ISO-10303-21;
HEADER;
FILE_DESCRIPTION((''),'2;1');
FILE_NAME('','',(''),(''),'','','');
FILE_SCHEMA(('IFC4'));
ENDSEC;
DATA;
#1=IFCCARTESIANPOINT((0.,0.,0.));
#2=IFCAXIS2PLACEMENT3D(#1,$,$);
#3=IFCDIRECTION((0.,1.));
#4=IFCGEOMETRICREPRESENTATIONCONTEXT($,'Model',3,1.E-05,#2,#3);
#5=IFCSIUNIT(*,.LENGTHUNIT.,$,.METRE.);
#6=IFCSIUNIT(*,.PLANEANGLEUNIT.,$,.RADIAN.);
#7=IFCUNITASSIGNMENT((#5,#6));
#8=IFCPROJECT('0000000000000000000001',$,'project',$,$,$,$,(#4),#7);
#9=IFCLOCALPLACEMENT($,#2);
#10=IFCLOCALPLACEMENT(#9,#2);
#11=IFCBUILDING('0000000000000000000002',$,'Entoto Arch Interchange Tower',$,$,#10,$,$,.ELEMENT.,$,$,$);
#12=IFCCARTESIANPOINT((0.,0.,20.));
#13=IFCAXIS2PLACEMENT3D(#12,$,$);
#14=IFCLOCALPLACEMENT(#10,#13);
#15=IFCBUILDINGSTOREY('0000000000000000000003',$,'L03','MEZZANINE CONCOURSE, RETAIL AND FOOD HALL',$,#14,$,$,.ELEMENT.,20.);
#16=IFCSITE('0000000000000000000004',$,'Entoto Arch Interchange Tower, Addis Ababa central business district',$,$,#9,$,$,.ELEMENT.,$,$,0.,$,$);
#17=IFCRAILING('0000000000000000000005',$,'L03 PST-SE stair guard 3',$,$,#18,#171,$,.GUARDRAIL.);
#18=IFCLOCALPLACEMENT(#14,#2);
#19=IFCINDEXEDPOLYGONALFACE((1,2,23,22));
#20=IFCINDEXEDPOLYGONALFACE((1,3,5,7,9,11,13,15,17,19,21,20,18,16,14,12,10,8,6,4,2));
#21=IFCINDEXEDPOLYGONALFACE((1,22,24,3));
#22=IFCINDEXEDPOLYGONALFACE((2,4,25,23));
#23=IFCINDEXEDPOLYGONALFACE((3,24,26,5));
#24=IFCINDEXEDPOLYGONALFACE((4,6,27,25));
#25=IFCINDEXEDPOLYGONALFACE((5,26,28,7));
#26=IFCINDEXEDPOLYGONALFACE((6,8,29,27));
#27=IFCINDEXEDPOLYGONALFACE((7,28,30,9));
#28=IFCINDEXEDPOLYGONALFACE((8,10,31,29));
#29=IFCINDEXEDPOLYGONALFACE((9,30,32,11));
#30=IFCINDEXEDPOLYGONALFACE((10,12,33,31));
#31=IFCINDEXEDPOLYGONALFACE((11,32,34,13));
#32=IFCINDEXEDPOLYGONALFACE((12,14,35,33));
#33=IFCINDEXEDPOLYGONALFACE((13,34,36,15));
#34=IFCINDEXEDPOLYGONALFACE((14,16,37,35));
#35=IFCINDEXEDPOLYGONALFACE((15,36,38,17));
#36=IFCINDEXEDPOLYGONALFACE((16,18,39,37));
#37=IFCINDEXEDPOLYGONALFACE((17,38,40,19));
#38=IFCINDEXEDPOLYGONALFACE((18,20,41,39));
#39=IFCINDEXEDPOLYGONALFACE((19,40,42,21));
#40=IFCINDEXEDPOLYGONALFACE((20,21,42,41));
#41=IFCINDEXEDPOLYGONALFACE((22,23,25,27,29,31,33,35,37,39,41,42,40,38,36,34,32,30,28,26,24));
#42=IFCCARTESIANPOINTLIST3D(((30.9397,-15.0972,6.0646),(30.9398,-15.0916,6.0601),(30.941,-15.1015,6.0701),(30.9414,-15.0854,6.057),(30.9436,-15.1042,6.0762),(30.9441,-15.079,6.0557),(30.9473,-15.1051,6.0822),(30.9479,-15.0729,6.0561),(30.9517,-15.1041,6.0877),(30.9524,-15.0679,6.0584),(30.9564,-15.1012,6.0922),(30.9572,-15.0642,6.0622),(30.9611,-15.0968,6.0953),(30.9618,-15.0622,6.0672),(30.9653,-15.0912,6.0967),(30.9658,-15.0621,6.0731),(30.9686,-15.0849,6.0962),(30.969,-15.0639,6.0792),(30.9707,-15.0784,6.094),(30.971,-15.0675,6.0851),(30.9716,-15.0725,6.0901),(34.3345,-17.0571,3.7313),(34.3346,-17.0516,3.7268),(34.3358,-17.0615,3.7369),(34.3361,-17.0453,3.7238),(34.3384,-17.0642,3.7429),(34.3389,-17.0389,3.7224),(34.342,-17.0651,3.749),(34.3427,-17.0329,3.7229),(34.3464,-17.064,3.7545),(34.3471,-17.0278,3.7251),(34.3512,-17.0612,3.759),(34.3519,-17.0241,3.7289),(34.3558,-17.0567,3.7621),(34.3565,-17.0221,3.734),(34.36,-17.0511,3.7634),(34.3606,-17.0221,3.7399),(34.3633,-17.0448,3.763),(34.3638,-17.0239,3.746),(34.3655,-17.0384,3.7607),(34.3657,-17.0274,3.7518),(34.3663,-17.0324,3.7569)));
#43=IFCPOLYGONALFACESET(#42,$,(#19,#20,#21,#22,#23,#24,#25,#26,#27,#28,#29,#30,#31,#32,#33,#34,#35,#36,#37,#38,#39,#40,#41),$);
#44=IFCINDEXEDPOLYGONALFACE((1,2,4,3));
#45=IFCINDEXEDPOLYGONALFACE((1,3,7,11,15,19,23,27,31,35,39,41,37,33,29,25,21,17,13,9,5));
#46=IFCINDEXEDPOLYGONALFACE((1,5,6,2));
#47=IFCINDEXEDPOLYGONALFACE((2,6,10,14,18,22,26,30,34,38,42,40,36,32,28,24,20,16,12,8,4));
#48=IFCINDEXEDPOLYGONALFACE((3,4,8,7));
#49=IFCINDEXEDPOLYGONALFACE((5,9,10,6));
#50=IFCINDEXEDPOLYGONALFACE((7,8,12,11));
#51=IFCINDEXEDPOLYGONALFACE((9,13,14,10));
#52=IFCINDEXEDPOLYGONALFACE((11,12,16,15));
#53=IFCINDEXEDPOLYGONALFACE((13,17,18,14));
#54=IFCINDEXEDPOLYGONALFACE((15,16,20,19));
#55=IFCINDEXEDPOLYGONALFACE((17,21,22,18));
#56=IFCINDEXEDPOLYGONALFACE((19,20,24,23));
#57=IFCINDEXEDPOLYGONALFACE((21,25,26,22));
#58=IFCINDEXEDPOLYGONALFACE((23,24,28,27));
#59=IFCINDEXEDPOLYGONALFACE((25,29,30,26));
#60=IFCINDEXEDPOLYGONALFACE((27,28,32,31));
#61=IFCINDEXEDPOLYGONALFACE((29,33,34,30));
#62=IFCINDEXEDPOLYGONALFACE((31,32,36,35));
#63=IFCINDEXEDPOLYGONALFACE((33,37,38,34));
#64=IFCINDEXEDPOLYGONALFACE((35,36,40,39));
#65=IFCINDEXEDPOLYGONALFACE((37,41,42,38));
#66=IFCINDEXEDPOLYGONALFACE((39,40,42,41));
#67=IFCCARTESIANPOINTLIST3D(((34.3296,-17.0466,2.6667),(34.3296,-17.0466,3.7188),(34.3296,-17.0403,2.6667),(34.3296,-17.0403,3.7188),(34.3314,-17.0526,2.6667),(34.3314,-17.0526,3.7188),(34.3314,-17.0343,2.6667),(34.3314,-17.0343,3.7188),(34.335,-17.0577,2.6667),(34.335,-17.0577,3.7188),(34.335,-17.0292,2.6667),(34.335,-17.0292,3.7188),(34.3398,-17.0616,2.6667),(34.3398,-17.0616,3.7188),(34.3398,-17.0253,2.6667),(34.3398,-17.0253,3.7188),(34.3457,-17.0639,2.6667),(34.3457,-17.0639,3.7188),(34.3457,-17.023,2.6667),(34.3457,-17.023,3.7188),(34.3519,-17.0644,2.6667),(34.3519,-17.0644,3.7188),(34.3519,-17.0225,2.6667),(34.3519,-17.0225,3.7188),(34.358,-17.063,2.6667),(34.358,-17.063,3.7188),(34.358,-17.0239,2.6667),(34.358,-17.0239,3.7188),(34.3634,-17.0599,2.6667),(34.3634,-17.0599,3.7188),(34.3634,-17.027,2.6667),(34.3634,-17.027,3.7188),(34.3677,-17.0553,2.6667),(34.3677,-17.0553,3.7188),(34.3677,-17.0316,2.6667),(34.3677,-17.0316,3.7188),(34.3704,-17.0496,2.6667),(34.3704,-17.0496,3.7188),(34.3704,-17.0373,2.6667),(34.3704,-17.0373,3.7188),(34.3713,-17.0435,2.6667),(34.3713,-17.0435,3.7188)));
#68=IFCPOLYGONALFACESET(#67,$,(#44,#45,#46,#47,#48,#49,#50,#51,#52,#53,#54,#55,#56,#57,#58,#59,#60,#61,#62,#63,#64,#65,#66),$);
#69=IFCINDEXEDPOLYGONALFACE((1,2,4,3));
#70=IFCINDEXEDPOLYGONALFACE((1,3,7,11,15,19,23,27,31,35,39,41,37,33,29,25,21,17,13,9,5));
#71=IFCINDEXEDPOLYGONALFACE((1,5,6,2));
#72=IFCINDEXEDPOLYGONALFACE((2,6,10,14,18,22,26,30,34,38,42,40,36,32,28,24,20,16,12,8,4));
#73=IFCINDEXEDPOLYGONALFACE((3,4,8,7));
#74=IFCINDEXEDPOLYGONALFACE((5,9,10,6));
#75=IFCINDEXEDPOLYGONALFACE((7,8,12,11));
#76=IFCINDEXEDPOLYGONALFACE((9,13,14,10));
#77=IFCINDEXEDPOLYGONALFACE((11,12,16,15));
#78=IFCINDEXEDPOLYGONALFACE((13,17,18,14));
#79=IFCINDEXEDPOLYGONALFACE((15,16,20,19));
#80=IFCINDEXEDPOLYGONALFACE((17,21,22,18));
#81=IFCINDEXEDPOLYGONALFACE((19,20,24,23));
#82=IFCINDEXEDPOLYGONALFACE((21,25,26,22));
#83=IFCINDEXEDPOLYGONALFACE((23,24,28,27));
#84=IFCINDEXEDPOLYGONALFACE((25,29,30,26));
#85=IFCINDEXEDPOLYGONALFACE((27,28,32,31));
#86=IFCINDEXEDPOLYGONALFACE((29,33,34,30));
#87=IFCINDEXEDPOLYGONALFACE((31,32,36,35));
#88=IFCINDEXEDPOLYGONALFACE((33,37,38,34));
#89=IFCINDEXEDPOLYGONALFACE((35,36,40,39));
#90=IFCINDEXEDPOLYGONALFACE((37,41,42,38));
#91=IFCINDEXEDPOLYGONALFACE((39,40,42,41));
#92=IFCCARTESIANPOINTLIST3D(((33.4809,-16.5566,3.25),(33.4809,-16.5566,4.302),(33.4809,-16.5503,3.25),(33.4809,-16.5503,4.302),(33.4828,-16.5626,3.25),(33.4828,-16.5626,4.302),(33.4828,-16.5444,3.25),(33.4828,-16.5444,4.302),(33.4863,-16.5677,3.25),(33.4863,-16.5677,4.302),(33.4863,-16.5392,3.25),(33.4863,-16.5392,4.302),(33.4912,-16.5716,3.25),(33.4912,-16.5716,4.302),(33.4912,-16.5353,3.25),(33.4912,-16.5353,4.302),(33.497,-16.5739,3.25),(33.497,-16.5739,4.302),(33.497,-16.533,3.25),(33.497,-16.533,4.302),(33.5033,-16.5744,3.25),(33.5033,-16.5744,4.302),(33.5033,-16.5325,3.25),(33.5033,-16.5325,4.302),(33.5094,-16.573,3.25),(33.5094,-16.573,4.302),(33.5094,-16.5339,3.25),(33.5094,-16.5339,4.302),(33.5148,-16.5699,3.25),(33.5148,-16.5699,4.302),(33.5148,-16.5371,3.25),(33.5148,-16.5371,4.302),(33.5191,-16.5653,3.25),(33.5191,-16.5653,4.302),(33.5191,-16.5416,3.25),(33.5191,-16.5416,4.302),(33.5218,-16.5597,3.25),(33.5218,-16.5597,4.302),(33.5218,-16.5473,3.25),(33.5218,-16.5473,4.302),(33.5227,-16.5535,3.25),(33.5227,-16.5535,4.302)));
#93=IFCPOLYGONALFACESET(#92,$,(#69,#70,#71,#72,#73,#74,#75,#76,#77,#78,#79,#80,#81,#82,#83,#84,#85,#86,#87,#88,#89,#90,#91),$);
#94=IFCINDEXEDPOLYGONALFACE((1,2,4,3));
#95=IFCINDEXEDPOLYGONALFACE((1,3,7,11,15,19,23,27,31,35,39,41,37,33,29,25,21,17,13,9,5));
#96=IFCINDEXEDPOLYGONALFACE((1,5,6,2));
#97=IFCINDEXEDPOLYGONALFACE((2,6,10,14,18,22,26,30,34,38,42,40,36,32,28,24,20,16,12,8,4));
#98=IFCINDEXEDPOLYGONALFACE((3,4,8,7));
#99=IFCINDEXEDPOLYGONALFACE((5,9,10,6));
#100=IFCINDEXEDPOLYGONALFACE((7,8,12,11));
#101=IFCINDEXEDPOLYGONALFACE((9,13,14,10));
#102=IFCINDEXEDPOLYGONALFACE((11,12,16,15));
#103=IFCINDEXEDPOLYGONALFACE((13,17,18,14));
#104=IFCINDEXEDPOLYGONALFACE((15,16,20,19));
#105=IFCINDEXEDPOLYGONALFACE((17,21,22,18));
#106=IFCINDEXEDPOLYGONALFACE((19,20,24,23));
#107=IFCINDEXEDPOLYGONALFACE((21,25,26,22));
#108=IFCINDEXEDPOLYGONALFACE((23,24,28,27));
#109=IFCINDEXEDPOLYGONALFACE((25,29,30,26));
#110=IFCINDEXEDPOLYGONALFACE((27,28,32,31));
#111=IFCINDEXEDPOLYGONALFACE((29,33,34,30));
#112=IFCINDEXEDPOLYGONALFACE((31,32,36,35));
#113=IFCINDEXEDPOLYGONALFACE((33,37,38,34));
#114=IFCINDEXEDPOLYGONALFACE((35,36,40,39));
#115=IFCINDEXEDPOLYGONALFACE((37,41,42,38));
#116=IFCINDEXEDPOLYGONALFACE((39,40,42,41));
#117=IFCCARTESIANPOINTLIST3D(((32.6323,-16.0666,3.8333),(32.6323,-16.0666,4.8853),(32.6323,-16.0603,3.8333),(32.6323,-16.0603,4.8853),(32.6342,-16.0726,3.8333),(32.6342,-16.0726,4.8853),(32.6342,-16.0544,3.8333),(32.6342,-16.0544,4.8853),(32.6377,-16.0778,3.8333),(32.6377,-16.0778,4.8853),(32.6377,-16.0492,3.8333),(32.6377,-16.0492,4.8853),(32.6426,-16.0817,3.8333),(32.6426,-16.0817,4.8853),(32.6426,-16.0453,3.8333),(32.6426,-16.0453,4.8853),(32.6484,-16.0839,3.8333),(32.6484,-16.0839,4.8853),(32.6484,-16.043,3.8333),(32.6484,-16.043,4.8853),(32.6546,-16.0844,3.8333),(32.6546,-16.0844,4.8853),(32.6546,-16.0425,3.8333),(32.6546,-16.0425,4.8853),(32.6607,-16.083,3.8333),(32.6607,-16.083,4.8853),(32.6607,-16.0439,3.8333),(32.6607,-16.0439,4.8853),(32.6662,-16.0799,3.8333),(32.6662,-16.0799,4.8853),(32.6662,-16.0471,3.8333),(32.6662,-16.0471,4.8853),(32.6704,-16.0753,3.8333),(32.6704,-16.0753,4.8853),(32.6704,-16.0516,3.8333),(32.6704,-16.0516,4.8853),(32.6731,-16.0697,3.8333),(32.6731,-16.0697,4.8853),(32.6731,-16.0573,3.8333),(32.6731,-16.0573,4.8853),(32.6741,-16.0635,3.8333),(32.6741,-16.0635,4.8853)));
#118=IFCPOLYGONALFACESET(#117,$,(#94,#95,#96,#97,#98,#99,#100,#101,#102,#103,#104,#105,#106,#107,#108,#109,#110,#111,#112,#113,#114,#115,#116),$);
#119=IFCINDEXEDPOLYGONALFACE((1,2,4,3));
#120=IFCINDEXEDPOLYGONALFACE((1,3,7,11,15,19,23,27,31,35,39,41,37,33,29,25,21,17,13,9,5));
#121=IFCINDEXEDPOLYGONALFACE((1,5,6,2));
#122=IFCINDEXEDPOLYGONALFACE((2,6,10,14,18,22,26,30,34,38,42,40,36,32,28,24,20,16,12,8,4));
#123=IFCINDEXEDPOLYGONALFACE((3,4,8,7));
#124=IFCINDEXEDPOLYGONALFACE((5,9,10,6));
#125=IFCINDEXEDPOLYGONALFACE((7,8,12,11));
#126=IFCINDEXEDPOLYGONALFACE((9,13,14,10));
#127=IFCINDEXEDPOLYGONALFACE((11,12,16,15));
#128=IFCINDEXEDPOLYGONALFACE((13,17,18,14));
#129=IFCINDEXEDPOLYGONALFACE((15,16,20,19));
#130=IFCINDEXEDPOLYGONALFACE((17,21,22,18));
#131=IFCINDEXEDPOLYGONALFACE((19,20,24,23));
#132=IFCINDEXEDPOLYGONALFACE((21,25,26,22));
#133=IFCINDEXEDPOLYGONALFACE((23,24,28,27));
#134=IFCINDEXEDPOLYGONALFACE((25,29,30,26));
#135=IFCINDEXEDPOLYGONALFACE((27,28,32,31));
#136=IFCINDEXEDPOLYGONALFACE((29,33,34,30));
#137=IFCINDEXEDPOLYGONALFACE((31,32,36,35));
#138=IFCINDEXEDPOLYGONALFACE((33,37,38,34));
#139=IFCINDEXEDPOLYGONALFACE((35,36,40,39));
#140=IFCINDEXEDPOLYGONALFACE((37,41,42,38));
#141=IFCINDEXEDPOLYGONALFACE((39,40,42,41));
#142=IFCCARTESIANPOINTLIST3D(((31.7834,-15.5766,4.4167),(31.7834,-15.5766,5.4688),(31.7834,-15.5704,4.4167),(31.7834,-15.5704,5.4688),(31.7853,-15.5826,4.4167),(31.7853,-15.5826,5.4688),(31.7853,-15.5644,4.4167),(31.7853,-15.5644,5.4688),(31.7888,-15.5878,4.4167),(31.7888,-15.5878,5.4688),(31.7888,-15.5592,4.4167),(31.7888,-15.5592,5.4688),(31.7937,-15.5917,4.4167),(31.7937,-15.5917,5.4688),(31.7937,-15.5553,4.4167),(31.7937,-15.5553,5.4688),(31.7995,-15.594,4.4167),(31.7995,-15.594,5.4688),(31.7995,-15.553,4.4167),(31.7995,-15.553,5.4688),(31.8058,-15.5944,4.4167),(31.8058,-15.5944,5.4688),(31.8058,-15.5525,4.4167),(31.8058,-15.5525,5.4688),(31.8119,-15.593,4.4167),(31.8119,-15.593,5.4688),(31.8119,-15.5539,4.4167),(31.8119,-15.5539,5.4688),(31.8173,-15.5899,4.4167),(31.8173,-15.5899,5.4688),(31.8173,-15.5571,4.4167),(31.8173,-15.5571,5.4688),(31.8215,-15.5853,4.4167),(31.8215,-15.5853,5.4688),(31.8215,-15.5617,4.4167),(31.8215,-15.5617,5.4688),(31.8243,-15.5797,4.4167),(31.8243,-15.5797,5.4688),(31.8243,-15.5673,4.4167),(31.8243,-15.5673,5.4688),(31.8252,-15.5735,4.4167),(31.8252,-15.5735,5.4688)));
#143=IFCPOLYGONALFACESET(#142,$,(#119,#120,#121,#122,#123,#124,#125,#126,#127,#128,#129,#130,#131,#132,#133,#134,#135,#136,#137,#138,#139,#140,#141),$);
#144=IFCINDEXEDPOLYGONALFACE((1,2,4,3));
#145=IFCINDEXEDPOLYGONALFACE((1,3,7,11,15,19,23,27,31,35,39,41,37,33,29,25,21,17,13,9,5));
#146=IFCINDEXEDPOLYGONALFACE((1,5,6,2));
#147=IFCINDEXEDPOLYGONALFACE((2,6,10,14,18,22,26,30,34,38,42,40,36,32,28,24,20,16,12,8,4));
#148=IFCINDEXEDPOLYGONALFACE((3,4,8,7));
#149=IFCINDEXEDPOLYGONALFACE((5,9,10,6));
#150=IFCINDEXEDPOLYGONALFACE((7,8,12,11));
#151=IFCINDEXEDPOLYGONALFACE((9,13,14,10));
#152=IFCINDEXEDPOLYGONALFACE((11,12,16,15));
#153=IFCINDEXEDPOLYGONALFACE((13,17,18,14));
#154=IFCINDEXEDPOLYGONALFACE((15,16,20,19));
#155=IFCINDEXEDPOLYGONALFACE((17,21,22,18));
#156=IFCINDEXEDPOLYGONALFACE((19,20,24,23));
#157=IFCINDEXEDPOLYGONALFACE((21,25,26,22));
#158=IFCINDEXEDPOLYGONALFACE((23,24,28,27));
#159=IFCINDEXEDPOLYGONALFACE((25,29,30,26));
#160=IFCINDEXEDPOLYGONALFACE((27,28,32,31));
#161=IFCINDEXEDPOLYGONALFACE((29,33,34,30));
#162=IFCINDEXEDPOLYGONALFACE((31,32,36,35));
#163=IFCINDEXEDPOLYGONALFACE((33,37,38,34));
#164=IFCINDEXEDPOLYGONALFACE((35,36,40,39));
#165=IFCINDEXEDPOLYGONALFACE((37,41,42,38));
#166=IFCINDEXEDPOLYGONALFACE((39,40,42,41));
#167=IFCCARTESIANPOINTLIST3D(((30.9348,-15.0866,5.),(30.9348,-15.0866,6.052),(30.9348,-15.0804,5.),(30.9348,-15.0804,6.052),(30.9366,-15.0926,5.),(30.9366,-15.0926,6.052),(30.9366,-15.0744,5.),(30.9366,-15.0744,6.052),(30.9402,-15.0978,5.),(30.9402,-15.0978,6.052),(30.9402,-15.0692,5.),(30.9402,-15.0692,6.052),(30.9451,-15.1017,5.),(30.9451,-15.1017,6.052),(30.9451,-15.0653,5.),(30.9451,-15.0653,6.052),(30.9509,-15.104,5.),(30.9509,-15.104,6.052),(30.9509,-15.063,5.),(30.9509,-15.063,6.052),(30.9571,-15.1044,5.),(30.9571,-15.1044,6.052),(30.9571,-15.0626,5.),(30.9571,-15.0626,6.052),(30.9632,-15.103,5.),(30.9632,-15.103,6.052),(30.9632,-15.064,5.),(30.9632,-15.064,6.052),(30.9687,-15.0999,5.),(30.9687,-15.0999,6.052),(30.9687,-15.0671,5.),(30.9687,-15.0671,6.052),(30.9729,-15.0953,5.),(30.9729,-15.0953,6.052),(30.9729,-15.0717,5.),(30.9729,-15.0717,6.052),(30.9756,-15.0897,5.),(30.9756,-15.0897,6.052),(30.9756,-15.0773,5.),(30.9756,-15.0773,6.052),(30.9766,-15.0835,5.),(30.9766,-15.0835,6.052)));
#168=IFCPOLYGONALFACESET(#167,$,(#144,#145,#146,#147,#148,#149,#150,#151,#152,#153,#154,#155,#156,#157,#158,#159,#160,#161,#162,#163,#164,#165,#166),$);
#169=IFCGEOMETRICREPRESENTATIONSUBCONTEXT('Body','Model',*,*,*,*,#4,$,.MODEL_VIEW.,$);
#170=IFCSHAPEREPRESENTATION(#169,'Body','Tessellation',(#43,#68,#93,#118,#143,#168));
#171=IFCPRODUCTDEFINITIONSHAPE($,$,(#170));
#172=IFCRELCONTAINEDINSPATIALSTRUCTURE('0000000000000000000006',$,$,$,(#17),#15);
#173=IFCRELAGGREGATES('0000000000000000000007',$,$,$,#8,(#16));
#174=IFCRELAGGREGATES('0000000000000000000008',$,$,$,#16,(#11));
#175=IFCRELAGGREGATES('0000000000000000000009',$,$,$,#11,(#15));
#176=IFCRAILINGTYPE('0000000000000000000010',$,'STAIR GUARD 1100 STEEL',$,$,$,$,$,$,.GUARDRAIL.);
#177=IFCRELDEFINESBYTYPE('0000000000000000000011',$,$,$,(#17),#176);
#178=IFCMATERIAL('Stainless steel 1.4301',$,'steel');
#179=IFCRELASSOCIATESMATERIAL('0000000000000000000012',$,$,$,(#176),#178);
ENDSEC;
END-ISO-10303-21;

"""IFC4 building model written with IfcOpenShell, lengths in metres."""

from ifc_helpers import new_model, si_unit, direction, frame, origin, origin_2d, place, context, subcontext, project, spatial, circle, extrude, material, type_object, element, save


model = new_model("IFC4")

# Units and contexts
model_context = context("Model", 3, precision=1e-05, world=origin(), true_north=direction((0.0, 1.0)))
body_context = subcontext(model_context, "Body", "Model", "MODEL_VIEW")
ifc_project = project(units=[si_unit("LENGTHUNIT", "METRE"), si_unit("PLANEANGLEUNIT", "RADIAN")], contexts=[model_context])

# Site, building, storey
site_placement = place(None, origin())
site = spatial("IfcSite", under=ifc_project, at=site_placement, Name="Entoto Arch Interchange Tower, Addis Ababa central business district", CompositionType="ELEMENT", RefElevation=0.0)
building_placement = place(site_placement, origin())
building = spatial("IfcBuilding", under=site, at=building_placement, Name="Entoto Arch Interchange Tower", CompositionType="ELEMENT")
storey_placement = place(building_placement, frame((0.0, 0.0, 20.0)))
storey = spatial("IfcBuildingStorey", under=building, at=storey_placement, Name="L03", Description="MEZZANINE CONCOURSE, RETAIL AND FOOD HALL", CompositionType="ELEMENT", Elevation=20.0)

# Railing
ifc_material_1 = material(Name="Stainless steel 1.4301", Category="steel")
railing_type_1 = type_object("IfcRailingType", Name="STAIR GUARD 1100 STEEL", PredefinedType="GUARDRAIL", material=ifc_material_1)
railing_1_placement = place(storey_placement, frame((34.3503, -17.0435, 2.6667)))
element("IfcRailing", 1, at=railing_1_placement, inside=storey, type_object=railing_type_1, Name="L03 PST-SE stair guard 3", PredefinedType="GUARDRAIL", context=body_context, shape_type="SweptSolid", body=[
    extrude(circle(Radius=0.0239, at=origin_2d()), frame((0.0, 0.0, 1.0762), z_axis=(-0.744175, 0.429646, 0.511476), x_axis=(-0.499997, -0.866027, 0.0)), (0.0, 0.0, 1.0), 4.5618),
    extrude(circle(Radius=0.021, at=origin_2d()), origin(), (0.0, 0.0, 1.0), 1.052),
    extrude(circle(Radius=0.021, at=origin_2d()), frame((-0.8486, 0.49, 0.5833)), (0.0, 0.0, 1.0), 1.052),
    extrude(circle(Radius=0.021, at=origin_2d()), frame((-1.6973, 0.98, 1.1665)), (0.0, 0.0, 1.0), 1.052),
    extrude(circle(Radius=0.021, at=origin_2d()), frame((-2.5461, 1.47, 1.75)), (0.0, 0.0, 1.0), 1.052),
    extrude(circle(Radius=0.021, at=origin_2d()), frame((-3.3948, 1.96, 2.3333)), (0.0, 0.0, 1.0), 1.052),
])

save(model, "model.ifc")
